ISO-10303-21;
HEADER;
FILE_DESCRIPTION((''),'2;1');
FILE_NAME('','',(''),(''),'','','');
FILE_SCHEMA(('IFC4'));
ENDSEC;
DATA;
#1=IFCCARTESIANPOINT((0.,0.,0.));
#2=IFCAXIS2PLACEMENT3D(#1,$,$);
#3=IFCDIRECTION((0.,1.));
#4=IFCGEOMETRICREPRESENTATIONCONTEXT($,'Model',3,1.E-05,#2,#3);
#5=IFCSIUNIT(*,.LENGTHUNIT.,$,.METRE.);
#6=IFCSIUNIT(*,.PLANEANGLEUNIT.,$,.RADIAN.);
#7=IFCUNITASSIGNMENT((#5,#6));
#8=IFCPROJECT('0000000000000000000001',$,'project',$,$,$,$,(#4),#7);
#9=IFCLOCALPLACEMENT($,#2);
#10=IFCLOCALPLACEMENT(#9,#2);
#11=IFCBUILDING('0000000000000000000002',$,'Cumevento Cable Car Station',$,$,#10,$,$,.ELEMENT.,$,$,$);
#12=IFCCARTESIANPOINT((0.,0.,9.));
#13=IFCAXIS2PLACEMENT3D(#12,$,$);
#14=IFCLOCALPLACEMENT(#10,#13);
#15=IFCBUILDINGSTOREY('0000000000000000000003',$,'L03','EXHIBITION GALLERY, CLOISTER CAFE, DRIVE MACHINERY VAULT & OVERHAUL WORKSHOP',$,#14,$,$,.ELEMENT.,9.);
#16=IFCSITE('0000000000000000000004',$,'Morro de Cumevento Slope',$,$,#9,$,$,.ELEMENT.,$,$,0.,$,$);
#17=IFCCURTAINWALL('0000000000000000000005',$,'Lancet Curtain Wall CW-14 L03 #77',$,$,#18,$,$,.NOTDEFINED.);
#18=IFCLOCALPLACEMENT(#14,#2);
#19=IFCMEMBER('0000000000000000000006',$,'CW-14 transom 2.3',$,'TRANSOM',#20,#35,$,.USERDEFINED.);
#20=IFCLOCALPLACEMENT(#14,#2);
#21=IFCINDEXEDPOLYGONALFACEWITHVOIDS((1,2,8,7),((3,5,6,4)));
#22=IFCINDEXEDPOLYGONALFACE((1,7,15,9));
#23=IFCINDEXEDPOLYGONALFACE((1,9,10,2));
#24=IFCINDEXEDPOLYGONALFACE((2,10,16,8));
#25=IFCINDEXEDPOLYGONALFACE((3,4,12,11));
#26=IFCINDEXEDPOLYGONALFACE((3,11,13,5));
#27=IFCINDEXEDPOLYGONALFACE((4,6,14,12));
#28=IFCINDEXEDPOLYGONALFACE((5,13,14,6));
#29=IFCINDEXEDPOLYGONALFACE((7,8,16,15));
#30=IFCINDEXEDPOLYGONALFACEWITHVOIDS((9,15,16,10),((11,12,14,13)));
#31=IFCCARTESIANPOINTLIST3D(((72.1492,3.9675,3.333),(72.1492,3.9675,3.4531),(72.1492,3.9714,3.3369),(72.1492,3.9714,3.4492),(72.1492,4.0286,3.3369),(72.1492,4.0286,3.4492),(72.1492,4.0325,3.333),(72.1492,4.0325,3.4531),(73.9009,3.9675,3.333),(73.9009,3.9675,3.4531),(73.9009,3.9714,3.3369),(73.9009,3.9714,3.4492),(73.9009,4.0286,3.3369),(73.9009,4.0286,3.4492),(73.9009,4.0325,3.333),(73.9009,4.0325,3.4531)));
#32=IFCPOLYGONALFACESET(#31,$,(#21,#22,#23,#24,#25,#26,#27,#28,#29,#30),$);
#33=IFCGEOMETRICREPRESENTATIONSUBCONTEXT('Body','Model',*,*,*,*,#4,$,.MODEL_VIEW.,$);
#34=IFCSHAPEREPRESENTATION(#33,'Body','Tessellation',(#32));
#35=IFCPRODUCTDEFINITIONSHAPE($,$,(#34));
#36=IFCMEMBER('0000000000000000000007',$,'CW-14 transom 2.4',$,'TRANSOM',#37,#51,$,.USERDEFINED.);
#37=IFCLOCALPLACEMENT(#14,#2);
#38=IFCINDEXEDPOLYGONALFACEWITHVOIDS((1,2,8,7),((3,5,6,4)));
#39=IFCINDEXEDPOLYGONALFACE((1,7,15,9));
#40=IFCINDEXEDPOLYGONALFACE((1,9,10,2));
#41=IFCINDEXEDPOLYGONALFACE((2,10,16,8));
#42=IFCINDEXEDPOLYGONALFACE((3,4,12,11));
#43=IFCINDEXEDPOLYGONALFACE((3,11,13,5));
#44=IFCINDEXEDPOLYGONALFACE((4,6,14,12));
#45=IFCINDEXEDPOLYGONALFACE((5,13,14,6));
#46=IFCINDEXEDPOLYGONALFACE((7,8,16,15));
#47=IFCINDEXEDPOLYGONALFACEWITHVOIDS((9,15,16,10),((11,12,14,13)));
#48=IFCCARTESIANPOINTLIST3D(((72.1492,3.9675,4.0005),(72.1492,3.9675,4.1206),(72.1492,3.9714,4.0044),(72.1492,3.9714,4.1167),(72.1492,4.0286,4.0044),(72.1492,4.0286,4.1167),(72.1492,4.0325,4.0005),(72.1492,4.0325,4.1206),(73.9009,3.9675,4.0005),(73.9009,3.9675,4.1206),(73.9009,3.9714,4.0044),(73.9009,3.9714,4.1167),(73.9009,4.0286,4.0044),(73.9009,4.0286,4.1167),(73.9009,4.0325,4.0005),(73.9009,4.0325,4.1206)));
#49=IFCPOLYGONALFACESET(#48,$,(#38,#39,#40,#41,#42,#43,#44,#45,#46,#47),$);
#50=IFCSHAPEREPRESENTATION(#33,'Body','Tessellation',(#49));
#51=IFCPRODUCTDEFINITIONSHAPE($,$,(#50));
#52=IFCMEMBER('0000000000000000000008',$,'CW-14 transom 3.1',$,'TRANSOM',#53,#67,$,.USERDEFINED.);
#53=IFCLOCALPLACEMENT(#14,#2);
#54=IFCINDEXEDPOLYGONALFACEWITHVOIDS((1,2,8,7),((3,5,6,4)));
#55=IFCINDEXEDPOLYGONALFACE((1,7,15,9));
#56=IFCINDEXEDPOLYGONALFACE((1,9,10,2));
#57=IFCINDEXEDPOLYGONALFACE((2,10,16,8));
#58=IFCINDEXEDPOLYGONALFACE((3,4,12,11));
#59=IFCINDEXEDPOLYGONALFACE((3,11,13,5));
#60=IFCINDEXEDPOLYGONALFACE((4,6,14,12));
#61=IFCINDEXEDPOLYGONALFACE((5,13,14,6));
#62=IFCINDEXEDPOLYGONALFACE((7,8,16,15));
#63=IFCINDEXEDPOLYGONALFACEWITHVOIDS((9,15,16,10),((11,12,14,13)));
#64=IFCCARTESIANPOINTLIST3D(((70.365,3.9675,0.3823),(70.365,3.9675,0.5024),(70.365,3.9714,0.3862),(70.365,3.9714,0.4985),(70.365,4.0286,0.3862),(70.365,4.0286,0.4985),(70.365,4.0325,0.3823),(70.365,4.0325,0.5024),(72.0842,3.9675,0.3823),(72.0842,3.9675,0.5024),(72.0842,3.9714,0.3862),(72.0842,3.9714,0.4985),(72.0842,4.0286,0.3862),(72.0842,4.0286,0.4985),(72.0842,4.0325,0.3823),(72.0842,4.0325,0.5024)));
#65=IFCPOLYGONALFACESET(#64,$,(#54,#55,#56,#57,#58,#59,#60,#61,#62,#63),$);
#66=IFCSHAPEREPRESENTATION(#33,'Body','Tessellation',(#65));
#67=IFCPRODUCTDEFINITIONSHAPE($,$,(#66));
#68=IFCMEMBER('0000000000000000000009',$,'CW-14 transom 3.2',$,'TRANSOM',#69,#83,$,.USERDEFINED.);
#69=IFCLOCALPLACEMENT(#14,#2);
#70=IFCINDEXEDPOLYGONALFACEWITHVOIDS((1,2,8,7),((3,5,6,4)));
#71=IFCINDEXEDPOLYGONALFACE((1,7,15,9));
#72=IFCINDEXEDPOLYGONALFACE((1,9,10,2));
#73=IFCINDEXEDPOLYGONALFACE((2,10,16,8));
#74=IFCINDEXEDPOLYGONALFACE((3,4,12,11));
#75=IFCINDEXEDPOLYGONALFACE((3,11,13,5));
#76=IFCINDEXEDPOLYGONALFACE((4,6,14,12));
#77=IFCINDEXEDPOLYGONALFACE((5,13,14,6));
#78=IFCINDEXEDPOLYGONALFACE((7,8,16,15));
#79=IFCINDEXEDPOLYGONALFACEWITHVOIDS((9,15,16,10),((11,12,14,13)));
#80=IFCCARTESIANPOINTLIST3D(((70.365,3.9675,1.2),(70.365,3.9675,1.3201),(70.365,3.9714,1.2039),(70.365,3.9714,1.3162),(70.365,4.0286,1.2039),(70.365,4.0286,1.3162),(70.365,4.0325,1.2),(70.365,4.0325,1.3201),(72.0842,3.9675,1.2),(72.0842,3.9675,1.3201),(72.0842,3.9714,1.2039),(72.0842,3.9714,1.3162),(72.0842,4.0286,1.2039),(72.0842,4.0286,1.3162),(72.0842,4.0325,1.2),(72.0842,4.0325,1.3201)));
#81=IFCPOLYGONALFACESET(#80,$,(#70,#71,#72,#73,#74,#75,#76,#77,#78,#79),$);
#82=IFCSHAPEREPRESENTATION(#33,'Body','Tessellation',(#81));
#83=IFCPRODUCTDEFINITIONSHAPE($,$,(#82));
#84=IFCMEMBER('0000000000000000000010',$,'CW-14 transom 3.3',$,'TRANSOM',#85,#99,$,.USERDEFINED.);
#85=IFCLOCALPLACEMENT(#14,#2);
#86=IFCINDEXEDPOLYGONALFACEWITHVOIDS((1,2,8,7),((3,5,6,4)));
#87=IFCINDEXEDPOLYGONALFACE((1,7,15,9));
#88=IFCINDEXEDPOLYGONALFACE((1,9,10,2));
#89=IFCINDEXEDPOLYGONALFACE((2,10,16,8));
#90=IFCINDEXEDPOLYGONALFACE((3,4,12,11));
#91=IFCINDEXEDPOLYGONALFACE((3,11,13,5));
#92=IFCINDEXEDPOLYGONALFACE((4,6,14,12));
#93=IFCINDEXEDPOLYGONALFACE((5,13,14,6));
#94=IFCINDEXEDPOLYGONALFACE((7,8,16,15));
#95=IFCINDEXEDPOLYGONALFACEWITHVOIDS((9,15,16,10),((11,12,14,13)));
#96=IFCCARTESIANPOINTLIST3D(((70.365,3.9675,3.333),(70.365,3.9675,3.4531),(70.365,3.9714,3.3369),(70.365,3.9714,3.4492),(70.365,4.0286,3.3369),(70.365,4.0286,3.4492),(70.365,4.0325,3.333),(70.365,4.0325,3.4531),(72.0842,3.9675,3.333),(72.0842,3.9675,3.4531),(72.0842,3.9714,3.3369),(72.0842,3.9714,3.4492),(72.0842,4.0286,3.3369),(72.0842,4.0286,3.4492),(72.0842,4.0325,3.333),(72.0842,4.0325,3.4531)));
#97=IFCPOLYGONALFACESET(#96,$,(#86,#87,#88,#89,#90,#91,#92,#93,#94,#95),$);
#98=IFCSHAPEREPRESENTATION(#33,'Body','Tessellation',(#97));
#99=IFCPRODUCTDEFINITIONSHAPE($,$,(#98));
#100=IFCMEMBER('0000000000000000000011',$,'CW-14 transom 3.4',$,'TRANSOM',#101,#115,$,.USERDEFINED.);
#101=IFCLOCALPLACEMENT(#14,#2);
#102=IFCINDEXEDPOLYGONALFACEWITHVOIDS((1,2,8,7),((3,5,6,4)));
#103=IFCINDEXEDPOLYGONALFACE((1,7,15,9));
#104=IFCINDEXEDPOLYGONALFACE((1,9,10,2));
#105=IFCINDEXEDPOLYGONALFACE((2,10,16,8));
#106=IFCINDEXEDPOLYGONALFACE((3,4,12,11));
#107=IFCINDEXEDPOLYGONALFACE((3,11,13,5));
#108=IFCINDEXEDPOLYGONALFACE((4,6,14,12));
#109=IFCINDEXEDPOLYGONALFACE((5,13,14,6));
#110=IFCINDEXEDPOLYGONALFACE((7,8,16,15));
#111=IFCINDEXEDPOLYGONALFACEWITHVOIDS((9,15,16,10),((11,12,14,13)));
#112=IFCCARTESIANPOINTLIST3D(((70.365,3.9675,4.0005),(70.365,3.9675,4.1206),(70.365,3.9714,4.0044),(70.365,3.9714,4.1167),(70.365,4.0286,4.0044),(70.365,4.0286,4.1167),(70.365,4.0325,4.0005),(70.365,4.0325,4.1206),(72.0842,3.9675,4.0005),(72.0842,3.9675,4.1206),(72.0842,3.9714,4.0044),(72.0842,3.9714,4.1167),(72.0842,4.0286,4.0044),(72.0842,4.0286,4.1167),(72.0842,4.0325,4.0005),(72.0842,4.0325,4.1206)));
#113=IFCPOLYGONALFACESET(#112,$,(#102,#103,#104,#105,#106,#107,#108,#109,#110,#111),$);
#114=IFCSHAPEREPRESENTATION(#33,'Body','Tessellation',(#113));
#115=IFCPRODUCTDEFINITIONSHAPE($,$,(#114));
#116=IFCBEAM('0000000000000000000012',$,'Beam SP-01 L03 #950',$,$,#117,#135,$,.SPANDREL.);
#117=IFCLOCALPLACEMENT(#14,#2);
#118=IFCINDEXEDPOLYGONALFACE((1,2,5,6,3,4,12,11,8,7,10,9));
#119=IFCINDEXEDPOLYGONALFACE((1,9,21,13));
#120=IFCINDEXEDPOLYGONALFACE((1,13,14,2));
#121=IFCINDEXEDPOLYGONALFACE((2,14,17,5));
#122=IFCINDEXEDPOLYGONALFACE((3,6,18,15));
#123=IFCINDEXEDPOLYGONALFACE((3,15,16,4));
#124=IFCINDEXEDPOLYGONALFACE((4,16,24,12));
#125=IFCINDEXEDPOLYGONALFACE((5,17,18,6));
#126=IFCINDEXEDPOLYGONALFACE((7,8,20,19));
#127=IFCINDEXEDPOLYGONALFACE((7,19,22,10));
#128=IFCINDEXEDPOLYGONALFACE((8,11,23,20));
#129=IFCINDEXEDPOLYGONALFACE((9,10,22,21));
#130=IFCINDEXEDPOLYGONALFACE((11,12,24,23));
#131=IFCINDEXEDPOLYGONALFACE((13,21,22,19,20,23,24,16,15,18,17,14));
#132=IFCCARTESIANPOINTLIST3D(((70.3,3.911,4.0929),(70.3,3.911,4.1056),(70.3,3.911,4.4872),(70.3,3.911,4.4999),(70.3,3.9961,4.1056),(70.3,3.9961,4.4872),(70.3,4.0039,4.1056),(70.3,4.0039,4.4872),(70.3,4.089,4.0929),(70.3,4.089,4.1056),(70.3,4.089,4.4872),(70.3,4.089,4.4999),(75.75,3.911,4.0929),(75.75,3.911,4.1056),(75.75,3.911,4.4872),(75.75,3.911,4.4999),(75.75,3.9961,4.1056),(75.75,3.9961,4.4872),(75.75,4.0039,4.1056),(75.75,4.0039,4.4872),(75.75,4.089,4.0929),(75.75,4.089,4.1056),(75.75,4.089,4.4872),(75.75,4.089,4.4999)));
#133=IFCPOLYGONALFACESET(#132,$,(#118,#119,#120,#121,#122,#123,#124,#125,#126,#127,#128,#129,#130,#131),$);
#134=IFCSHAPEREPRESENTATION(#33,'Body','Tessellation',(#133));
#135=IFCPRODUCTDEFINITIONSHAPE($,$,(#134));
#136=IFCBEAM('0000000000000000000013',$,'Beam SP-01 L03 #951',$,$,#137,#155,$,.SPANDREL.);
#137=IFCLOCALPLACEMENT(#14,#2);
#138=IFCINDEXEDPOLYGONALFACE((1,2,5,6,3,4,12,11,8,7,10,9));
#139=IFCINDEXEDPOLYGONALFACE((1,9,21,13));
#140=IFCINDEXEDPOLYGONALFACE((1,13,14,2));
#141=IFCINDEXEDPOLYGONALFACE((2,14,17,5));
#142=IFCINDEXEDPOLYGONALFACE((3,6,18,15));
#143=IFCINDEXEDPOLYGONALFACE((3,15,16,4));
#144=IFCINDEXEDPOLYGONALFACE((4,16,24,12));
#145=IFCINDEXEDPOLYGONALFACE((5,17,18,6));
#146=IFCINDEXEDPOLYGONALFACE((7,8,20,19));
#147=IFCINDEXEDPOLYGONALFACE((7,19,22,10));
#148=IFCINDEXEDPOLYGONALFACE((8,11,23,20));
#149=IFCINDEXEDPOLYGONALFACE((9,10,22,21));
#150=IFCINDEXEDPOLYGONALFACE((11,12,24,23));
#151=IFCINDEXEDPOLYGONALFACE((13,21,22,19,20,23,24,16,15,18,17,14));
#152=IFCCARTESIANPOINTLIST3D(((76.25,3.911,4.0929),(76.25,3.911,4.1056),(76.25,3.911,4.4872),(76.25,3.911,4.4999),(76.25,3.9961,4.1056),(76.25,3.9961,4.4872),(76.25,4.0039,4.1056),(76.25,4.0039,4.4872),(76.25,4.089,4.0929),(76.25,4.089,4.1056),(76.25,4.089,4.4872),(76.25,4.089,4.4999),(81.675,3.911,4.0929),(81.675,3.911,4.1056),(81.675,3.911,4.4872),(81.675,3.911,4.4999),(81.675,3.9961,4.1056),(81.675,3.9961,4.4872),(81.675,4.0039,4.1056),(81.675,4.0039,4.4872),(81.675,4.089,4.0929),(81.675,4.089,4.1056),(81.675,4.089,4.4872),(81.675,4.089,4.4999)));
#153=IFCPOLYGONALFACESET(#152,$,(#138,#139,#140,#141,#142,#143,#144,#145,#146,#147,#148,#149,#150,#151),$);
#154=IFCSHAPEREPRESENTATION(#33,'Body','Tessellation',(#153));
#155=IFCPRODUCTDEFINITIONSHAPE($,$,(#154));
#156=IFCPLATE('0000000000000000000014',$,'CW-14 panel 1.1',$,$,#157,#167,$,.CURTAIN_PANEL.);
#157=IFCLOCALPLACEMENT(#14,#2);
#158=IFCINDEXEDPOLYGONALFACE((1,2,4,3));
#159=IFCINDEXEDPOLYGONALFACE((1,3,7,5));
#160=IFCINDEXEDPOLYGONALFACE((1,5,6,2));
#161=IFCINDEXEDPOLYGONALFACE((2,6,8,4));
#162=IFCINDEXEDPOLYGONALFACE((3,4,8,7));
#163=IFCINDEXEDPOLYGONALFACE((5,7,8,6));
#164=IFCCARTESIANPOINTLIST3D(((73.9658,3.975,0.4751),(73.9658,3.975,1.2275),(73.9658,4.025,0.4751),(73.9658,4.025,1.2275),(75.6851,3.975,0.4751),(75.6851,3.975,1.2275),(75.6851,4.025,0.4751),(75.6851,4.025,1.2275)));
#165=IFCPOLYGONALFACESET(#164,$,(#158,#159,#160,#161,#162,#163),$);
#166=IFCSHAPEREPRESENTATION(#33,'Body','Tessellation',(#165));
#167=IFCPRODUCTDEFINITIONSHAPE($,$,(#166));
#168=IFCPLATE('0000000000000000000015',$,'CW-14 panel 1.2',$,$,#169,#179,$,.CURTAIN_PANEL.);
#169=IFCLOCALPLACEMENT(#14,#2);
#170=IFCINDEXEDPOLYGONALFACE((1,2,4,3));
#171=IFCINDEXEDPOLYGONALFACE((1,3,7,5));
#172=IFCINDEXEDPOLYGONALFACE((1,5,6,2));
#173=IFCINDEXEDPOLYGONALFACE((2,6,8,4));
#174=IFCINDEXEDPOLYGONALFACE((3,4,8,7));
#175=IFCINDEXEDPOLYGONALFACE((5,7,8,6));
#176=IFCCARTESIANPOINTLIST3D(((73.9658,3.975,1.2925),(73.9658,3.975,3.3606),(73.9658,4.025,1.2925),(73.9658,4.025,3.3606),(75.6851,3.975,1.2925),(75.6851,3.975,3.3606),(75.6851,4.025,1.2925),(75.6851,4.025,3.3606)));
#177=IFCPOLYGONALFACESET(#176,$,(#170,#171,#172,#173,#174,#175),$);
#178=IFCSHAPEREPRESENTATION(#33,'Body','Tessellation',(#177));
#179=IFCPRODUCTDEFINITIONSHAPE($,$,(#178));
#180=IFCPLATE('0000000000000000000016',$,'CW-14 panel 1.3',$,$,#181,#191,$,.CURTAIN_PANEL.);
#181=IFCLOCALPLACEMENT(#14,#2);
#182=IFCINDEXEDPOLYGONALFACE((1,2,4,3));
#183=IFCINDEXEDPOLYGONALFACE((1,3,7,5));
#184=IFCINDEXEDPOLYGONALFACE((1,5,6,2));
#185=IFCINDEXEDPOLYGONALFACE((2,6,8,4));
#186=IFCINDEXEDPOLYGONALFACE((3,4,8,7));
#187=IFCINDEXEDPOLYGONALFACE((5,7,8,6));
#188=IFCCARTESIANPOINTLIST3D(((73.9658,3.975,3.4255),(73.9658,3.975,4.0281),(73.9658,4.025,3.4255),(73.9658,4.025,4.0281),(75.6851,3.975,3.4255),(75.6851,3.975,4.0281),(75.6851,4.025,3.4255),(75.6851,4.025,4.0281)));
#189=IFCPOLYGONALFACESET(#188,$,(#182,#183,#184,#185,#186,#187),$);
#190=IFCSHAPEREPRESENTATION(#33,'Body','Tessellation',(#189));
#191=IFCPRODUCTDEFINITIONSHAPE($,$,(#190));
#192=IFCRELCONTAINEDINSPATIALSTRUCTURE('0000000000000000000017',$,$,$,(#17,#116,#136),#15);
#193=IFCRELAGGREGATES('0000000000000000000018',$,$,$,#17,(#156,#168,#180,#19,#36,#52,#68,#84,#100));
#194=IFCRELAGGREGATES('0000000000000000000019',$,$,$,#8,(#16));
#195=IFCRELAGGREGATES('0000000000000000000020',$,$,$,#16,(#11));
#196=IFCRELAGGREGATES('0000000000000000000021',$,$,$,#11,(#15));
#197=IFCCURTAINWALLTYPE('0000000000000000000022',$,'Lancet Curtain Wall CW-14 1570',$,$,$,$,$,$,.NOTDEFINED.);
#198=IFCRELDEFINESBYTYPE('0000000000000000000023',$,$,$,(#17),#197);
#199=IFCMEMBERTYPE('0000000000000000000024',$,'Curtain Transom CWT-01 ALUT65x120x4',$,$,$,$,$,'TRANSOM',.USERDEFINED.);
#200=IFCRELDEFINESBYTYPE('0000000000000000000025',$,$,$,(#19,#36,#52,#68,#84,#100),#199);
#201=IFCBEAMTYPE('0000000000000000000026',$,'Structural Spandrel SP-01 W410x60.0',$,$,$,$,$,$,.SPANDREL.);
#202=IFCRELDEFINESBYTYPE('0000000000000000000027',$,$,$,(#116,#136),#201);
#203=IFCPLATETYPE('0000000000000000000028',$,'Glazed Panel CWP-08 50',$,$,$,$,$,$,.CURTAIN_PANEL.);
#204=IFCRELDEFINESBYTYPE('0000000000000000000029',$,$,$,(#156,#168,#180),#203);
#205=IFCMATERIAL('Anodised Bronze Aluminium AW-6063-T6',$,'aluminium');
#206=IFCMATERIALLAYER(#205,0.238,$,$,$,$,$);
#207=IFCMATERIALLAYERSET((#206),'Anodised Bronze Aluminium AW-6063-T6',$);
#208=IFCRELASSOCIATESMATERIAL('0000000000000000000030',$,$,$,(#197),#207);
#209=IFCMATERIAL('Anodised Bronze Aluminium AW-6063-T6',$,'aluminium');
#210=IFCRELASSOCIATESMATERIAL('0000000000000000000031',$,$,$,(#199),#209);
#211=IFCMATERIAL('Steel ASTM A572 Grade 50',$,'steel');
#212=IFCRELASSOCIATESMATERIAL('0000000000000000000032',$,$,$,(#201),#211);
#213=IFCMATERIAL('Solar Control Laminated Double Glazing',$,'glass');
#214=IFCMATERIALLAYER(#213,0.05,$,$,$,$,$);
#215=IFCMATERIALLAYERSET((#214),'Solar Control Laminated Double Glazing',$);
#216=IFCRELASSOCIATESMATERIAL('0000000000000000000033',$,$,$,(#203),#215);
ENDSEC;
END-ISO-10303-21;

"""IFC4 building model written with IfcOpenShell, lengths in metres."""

from ifc_helpers import new_model, si_unit, direction, frame, origin, origin_2d, place, context, subcontext, project, spatial, rectangle, hollow_rectangle, i_section, extrude, material, layer, layer_set, material_profile, profile_set, type_object, element, aggregate, save


model = new_model("IFC4")

# Units and contexts
model_context = context("Model", 3, precision=1e-05, world=origin(), true_north=direction((0.0, 1.0)))
body_context = subcontext(model_context, "Body", "Model", "MODEL_VIEW")
ifc_project = project(units=[si_unit("LENGTHUNIT", "METRE"), si_unit("PLANEANGLEUNIT", "RADIAN")], contexts=[model_context])

# Site, building, storey
site_placement = place(None, origin())
site = spatial("IfcSite", under=ifc_project, at=site_placement, Name="Morro de Cumevento Slope", CompositionType="ELEMENT", RefElevation=0.0)
building_placement = place(site_placement, origin())
building = spatial("IfcBuilding", under=site, at=building_placement, Name="Cumevento Cable Car Station", CompositionType="ELEMENT")
storey_placement = place(building_placement, frame((0.0, 0.0, 9.0)))
storey = spatial("IfcBuildingStorey", under=building, at=storey_placement, Name="L03", Description="EXHIBITION GALLERY, CLOISTER CAFE, DRIVE MACHINERY VAULT & OVERHAUL WORKSHOP", CompositionType="ELEMENT", Elevation=9.0)

# Curtain wall, members
ifc_material_1 = material(Name="Anodised Bronze Aluminium AW-6063-T6", Category="aluminium")
ifc_layer_1 = layer(ifc_material_1, 0.238)
ifc_layer_set_1 = layer_set([ifc_layer_1], Name="Anodised Bronze Aluminium AW-6063-T6")
curtain_wall_type = type_object("IfcCurtainWallType", Name="Lancet Curtain Wall CW-14 1570", PredefinedType="NOTDEFINED", material=ifc_layer_set_1)
curtain_wall_placement = place(storey_placement, origin())
curtain_wall = element("IfcCurtainWall", 1, at=curtain_wall_placement, inside=storey, type_object=curtain_wall_type, Name="Lancet Curtain Wall CW-14 L03 #77", PredefinedType="NOTDEFINED")
ifc_material_2 = material(Name="Anodised Bronze Aluminium AW-6063-T6", Category="aluminium")
ifc_material_profile_1 = material_profile(ifc_material_2, hollow_rectangle(XDim=0.0649, YDim=0.1201, WallThickness=0.0039, at=origin_2d()), Name="ALUT65x120x4")
ifc_profile_set_1 = profile_set([ifc_material_profile_1], Name="Anodised Bronze Aluminium AW-6063-T6")
member_type_1 = type_object("IfcMemberType", Name="Curtain Transom CWT-01 ALUT65x120x4", ElementType="TRANSOM", PredefinedType="USERDEFINED", material=ifc_profile_set_1)
member_1_placement = place(storey_placement, frame((73.9009, 4.0, 3.3931), z_axis=(-1.0, 0.0, 0.0), x_axis=(0.0, -1.0, 0.0)))
member_1 = element("IfcMember", 2, at=member_1_placement, type_object=member_type_1, Name="CW-14 transom 2.3", ObjectType="TRANSOM", PredefinedType="USERDEFINED", context=body_context, shape_type="SweptSolid", body=[
    extrude(hollow_rectangle(XDim=0.0649, YDim=0.1201, WallThickness=0.0039, at=origin_2d()), origin(), (0.0, 0.0, 1.0), 1.7517),
])
member_2_placement = place(storey_placement, frame((73.9009, 4.0, 4.0605), z_axis=(-1.0, 0.0, 0.0), x_axis=(0.0, -1.0, 0.0)))
member_2 = element("IfcMember", 3, at=member_2_placement, type_object=member_type_1, Name="CW-14 transom 2.4", ObjectType="TRANSOM", PredefinedType="USERDEFINED", context=body_context, shape_type="SweptSolid", body=[
    extrude(hollow_rectangle(XDim=0.0649, YDim=0.1201, WallThickness=0.0039, at=origin_2d()), origin(), (0.0, 0.0, 1.0), 1.7517),
])
member_3_placement = place(storey_placement, frame((72.0842, 4.0, 0.4424), z_axis=(-1.0, 0.0, 0.0), x_axis=(0.0, -1.0, 0.0)))
member_3 = element("IfcMember", 4, at=member_3_placement, type_object=member_type_1, Name="CW-14 transom 3.1", ObjectType="TRANSOM", PredefinedType="USERDEFINED", context=body_context, shape_type="SweptSolid", body=[
    extrude(hollow_rectangle(XDim=0.0649, YDim=0.1201, WallThickness=0.0039, at=origin_2d()), origin(), (0.0, 0.0, 1.0), 1.7192),
])
member_4_placement = place(storey_placement, frame((72.0842, 4.0, 1.26), z_axis=(-1.0, 0.0, 0.0), x_axis=(0.0, -1.0, 0.0)))
member_4 = element("IfcMember", 5, at=member_4_placement, type_object=member_type_1, Name="CW-14 transom 3.2", ObjectType="TRANSOM", PredefinedType="USERDEFINED", context=body_context, shape_type="SweptSolid", body=[
    extrude(hollow_rectangle(XDim=0.0649, YDim=0.1201, WallThickness=0.0039, at=origin_2d()), origin(), (0.0, 0.0, 1.0), 1.7192),
])
member_5_placement = place(storey_placement, frame((72.0842, 4.0, 3.3931), z_axis=(-1.0, 0.0, 0.0), x_axis=(0.0, -1.0, 0.0)))
member_5 = element("IfcMember", 6, at=member_5_placement, type_object=member_type_1, Name="CW-14 transom 3.3", ObjectType="TRANSOM", PredefinedType="USERDEFINED", context=body_context, shape_type="SweptSolid", body=[
    extrude(hollow_rectangle(XDim=0.0649, YDim=0.1201, WallThickness=0.0039, at=origin_2d()), origin(), (0.0, 0.0, 1.0), 1.7192),
])
member_6_placement = place(storey_placement, frame((72.0842, 4.0, 4.0605), z_axis=(-1.0, 0.0, 0.0), x_axis=(0.0, -1.0, 0.0)))
member_6 = element("IfcMember", 7, at=member_6_placement, type_object=member_type_1, Name="CW-14 transom 3.4", ObjectType="TRANSOM", PredefinedType="USERDEFINED", context=body_context, shape_type="SweptSolid", body=[
    extrude(hollow_rectangle(XDim=0.0649, YDim=0.1201, WallThickness=0.0039, at=origin_2d()), origin(), (0.0, 0.0, 1.0), 1.7192),
])

# Beams
ifc_material_3 = material(Name="Steel ASTM A572 Grade 50", Category="steel")
ifc_material_profile_2 = material_profile(ifc_material_3, i_section(OverallWidth=0.178, OverallDepth=0.407, WebThickness=0.0078, FlangeThickness=0.0127, at=origin_2d()), Name="W410x60.0")
ifc_profile_set_2 = profile_set([ifc_material_profile_2], Name="Steel ASTM A572 Grade 50")
beam_type = type_object("IfcBeamType", Name="Structural Spandrel SP-01 W410x60.0", PredefinedType="SPANDREL", material=ifc_profile_set_2)
beam_1_placement = place(storey_placement, frame((70.3, 4.0, 4.2964), z_axis=(1.0, 0.0, 0.0), x_axis=(0.0, 1.0, 0.0)))
element("IfcBeam", 8, at=beam_1_placement, inside=storey, type_object=beam_type, Name="Beam SP-01 L03 #950", PredefinedType="SPANDREL", context=body_context, shape_type="SweptSolid", body=[
    extrude(i_section(OverallWidth=0.178, OverallDepth=0.407, WebThickness=0.0078, FlangeThickness=0.0127, at=origin_2d()), origin(), (0.0, 0.0, 1.0), 5.45),
])
beam_2_placement = place(storey_placement, frame((76.25, 4.0, 4.2964), z_axis=(1.0, 0.0, 0.0), x_axis=(0.0, 1.0, 0.0)))
element("IfcBeam", 9, at=beam_2_placement, inside=storey, type_object=beam_type, Name="Beam SP-01 L03 #951", PredefinedType="SPANDREL", context=body_context, shape_type="SweptSolid", body=[
    extrude(i_section(OverallWidth=0.178, OverallDepth=0.407, WebThickness=0.0078, FlangeThickness=0.0127, at=origin_2d()), origin(), (0.0, 0.0, 1.0), 5.425),
])

# Plates
ifc_material_4 = material(Name="Solar Control Laminated Double Glazing", Category="glass")
ifc_layer_2 = layer(ifc_material_4, 0.05)
ifc_layer_set_2 = layer_set([ifc_layer_2], Name="Solar Control Laminated Double Glazing")
plate_type = type_object("IfcPlateType", Name="Glazed Panel CWP-08 50", PredefinedType="CURTAIN_PANEL", material=ifc_layer_set_2)
plate_1_placement = place(storey_placement, frame((74.8254, 4.0, 0.4751), z_axis=(0.0, 0.0, 1.0), x_axis=(-1.0, 0.0, 0.0)))
plate_1 = element("IfcPlate", 10, at=plate_1_placement, type_object=plate_type, Name="CW-14 panel 1.1", PredefinedType="CURTAIN_PANEL", context=body_context, shape_type="SweptSolid", body=[
    extrude(rectangle(XDim=1.7192, YDim=0.05, at=origin_2d()), origin(), (0.0, 0.0, 1.0), 0.7524),
])
plate_2_placement = place(storey_placement, frame((74.8254, 4.0, 1.2925), z_axis=(0.0, 0.0, 1.0), x_axis=(-1.0, 0.0, 0.0)))
plate_2 = element("IfcPlate", 11, at=plate_2_placement, type_object=plate_type, Name="CW-14 panel 1.2", PredefinedType="CURTAIN_PANEL", context=body_context, shape_type="SweptSolid", body=[
    extrude(rectangle(XDim=1.7192, YDim=0.05, at=origin_2d()), origin(), (0.0, 0.0, 1.0), 2.0681),
])
plate_3_placement = place(storey_placement, frame((74.8254, 4.0, 3.4255), z_axis=(0.0, 0.0, 1.0), x_axis=(-1.0, 0.0, 0.0)))
plate_3 = element("IfcPlate", 12, at=plate_3_placement, type_object=plate_type, Name="CW-14 panel 1.3", PredefinedType="CURTAIN_PANEL", context=body_context, shape_type="SweptSolid", body=[
    extrude(rectangle(XDim=1.7192, YDim=0.05, at=origin_2d()), origin(), (0.0, 0.0, 1.0), 0.6025),
])
aggregate(curtain_wall, [plate_1, plate_2, plate_3, member_1, member_2, member_3, member_4, member_5, member_6])

save(model, "model.ifc")
